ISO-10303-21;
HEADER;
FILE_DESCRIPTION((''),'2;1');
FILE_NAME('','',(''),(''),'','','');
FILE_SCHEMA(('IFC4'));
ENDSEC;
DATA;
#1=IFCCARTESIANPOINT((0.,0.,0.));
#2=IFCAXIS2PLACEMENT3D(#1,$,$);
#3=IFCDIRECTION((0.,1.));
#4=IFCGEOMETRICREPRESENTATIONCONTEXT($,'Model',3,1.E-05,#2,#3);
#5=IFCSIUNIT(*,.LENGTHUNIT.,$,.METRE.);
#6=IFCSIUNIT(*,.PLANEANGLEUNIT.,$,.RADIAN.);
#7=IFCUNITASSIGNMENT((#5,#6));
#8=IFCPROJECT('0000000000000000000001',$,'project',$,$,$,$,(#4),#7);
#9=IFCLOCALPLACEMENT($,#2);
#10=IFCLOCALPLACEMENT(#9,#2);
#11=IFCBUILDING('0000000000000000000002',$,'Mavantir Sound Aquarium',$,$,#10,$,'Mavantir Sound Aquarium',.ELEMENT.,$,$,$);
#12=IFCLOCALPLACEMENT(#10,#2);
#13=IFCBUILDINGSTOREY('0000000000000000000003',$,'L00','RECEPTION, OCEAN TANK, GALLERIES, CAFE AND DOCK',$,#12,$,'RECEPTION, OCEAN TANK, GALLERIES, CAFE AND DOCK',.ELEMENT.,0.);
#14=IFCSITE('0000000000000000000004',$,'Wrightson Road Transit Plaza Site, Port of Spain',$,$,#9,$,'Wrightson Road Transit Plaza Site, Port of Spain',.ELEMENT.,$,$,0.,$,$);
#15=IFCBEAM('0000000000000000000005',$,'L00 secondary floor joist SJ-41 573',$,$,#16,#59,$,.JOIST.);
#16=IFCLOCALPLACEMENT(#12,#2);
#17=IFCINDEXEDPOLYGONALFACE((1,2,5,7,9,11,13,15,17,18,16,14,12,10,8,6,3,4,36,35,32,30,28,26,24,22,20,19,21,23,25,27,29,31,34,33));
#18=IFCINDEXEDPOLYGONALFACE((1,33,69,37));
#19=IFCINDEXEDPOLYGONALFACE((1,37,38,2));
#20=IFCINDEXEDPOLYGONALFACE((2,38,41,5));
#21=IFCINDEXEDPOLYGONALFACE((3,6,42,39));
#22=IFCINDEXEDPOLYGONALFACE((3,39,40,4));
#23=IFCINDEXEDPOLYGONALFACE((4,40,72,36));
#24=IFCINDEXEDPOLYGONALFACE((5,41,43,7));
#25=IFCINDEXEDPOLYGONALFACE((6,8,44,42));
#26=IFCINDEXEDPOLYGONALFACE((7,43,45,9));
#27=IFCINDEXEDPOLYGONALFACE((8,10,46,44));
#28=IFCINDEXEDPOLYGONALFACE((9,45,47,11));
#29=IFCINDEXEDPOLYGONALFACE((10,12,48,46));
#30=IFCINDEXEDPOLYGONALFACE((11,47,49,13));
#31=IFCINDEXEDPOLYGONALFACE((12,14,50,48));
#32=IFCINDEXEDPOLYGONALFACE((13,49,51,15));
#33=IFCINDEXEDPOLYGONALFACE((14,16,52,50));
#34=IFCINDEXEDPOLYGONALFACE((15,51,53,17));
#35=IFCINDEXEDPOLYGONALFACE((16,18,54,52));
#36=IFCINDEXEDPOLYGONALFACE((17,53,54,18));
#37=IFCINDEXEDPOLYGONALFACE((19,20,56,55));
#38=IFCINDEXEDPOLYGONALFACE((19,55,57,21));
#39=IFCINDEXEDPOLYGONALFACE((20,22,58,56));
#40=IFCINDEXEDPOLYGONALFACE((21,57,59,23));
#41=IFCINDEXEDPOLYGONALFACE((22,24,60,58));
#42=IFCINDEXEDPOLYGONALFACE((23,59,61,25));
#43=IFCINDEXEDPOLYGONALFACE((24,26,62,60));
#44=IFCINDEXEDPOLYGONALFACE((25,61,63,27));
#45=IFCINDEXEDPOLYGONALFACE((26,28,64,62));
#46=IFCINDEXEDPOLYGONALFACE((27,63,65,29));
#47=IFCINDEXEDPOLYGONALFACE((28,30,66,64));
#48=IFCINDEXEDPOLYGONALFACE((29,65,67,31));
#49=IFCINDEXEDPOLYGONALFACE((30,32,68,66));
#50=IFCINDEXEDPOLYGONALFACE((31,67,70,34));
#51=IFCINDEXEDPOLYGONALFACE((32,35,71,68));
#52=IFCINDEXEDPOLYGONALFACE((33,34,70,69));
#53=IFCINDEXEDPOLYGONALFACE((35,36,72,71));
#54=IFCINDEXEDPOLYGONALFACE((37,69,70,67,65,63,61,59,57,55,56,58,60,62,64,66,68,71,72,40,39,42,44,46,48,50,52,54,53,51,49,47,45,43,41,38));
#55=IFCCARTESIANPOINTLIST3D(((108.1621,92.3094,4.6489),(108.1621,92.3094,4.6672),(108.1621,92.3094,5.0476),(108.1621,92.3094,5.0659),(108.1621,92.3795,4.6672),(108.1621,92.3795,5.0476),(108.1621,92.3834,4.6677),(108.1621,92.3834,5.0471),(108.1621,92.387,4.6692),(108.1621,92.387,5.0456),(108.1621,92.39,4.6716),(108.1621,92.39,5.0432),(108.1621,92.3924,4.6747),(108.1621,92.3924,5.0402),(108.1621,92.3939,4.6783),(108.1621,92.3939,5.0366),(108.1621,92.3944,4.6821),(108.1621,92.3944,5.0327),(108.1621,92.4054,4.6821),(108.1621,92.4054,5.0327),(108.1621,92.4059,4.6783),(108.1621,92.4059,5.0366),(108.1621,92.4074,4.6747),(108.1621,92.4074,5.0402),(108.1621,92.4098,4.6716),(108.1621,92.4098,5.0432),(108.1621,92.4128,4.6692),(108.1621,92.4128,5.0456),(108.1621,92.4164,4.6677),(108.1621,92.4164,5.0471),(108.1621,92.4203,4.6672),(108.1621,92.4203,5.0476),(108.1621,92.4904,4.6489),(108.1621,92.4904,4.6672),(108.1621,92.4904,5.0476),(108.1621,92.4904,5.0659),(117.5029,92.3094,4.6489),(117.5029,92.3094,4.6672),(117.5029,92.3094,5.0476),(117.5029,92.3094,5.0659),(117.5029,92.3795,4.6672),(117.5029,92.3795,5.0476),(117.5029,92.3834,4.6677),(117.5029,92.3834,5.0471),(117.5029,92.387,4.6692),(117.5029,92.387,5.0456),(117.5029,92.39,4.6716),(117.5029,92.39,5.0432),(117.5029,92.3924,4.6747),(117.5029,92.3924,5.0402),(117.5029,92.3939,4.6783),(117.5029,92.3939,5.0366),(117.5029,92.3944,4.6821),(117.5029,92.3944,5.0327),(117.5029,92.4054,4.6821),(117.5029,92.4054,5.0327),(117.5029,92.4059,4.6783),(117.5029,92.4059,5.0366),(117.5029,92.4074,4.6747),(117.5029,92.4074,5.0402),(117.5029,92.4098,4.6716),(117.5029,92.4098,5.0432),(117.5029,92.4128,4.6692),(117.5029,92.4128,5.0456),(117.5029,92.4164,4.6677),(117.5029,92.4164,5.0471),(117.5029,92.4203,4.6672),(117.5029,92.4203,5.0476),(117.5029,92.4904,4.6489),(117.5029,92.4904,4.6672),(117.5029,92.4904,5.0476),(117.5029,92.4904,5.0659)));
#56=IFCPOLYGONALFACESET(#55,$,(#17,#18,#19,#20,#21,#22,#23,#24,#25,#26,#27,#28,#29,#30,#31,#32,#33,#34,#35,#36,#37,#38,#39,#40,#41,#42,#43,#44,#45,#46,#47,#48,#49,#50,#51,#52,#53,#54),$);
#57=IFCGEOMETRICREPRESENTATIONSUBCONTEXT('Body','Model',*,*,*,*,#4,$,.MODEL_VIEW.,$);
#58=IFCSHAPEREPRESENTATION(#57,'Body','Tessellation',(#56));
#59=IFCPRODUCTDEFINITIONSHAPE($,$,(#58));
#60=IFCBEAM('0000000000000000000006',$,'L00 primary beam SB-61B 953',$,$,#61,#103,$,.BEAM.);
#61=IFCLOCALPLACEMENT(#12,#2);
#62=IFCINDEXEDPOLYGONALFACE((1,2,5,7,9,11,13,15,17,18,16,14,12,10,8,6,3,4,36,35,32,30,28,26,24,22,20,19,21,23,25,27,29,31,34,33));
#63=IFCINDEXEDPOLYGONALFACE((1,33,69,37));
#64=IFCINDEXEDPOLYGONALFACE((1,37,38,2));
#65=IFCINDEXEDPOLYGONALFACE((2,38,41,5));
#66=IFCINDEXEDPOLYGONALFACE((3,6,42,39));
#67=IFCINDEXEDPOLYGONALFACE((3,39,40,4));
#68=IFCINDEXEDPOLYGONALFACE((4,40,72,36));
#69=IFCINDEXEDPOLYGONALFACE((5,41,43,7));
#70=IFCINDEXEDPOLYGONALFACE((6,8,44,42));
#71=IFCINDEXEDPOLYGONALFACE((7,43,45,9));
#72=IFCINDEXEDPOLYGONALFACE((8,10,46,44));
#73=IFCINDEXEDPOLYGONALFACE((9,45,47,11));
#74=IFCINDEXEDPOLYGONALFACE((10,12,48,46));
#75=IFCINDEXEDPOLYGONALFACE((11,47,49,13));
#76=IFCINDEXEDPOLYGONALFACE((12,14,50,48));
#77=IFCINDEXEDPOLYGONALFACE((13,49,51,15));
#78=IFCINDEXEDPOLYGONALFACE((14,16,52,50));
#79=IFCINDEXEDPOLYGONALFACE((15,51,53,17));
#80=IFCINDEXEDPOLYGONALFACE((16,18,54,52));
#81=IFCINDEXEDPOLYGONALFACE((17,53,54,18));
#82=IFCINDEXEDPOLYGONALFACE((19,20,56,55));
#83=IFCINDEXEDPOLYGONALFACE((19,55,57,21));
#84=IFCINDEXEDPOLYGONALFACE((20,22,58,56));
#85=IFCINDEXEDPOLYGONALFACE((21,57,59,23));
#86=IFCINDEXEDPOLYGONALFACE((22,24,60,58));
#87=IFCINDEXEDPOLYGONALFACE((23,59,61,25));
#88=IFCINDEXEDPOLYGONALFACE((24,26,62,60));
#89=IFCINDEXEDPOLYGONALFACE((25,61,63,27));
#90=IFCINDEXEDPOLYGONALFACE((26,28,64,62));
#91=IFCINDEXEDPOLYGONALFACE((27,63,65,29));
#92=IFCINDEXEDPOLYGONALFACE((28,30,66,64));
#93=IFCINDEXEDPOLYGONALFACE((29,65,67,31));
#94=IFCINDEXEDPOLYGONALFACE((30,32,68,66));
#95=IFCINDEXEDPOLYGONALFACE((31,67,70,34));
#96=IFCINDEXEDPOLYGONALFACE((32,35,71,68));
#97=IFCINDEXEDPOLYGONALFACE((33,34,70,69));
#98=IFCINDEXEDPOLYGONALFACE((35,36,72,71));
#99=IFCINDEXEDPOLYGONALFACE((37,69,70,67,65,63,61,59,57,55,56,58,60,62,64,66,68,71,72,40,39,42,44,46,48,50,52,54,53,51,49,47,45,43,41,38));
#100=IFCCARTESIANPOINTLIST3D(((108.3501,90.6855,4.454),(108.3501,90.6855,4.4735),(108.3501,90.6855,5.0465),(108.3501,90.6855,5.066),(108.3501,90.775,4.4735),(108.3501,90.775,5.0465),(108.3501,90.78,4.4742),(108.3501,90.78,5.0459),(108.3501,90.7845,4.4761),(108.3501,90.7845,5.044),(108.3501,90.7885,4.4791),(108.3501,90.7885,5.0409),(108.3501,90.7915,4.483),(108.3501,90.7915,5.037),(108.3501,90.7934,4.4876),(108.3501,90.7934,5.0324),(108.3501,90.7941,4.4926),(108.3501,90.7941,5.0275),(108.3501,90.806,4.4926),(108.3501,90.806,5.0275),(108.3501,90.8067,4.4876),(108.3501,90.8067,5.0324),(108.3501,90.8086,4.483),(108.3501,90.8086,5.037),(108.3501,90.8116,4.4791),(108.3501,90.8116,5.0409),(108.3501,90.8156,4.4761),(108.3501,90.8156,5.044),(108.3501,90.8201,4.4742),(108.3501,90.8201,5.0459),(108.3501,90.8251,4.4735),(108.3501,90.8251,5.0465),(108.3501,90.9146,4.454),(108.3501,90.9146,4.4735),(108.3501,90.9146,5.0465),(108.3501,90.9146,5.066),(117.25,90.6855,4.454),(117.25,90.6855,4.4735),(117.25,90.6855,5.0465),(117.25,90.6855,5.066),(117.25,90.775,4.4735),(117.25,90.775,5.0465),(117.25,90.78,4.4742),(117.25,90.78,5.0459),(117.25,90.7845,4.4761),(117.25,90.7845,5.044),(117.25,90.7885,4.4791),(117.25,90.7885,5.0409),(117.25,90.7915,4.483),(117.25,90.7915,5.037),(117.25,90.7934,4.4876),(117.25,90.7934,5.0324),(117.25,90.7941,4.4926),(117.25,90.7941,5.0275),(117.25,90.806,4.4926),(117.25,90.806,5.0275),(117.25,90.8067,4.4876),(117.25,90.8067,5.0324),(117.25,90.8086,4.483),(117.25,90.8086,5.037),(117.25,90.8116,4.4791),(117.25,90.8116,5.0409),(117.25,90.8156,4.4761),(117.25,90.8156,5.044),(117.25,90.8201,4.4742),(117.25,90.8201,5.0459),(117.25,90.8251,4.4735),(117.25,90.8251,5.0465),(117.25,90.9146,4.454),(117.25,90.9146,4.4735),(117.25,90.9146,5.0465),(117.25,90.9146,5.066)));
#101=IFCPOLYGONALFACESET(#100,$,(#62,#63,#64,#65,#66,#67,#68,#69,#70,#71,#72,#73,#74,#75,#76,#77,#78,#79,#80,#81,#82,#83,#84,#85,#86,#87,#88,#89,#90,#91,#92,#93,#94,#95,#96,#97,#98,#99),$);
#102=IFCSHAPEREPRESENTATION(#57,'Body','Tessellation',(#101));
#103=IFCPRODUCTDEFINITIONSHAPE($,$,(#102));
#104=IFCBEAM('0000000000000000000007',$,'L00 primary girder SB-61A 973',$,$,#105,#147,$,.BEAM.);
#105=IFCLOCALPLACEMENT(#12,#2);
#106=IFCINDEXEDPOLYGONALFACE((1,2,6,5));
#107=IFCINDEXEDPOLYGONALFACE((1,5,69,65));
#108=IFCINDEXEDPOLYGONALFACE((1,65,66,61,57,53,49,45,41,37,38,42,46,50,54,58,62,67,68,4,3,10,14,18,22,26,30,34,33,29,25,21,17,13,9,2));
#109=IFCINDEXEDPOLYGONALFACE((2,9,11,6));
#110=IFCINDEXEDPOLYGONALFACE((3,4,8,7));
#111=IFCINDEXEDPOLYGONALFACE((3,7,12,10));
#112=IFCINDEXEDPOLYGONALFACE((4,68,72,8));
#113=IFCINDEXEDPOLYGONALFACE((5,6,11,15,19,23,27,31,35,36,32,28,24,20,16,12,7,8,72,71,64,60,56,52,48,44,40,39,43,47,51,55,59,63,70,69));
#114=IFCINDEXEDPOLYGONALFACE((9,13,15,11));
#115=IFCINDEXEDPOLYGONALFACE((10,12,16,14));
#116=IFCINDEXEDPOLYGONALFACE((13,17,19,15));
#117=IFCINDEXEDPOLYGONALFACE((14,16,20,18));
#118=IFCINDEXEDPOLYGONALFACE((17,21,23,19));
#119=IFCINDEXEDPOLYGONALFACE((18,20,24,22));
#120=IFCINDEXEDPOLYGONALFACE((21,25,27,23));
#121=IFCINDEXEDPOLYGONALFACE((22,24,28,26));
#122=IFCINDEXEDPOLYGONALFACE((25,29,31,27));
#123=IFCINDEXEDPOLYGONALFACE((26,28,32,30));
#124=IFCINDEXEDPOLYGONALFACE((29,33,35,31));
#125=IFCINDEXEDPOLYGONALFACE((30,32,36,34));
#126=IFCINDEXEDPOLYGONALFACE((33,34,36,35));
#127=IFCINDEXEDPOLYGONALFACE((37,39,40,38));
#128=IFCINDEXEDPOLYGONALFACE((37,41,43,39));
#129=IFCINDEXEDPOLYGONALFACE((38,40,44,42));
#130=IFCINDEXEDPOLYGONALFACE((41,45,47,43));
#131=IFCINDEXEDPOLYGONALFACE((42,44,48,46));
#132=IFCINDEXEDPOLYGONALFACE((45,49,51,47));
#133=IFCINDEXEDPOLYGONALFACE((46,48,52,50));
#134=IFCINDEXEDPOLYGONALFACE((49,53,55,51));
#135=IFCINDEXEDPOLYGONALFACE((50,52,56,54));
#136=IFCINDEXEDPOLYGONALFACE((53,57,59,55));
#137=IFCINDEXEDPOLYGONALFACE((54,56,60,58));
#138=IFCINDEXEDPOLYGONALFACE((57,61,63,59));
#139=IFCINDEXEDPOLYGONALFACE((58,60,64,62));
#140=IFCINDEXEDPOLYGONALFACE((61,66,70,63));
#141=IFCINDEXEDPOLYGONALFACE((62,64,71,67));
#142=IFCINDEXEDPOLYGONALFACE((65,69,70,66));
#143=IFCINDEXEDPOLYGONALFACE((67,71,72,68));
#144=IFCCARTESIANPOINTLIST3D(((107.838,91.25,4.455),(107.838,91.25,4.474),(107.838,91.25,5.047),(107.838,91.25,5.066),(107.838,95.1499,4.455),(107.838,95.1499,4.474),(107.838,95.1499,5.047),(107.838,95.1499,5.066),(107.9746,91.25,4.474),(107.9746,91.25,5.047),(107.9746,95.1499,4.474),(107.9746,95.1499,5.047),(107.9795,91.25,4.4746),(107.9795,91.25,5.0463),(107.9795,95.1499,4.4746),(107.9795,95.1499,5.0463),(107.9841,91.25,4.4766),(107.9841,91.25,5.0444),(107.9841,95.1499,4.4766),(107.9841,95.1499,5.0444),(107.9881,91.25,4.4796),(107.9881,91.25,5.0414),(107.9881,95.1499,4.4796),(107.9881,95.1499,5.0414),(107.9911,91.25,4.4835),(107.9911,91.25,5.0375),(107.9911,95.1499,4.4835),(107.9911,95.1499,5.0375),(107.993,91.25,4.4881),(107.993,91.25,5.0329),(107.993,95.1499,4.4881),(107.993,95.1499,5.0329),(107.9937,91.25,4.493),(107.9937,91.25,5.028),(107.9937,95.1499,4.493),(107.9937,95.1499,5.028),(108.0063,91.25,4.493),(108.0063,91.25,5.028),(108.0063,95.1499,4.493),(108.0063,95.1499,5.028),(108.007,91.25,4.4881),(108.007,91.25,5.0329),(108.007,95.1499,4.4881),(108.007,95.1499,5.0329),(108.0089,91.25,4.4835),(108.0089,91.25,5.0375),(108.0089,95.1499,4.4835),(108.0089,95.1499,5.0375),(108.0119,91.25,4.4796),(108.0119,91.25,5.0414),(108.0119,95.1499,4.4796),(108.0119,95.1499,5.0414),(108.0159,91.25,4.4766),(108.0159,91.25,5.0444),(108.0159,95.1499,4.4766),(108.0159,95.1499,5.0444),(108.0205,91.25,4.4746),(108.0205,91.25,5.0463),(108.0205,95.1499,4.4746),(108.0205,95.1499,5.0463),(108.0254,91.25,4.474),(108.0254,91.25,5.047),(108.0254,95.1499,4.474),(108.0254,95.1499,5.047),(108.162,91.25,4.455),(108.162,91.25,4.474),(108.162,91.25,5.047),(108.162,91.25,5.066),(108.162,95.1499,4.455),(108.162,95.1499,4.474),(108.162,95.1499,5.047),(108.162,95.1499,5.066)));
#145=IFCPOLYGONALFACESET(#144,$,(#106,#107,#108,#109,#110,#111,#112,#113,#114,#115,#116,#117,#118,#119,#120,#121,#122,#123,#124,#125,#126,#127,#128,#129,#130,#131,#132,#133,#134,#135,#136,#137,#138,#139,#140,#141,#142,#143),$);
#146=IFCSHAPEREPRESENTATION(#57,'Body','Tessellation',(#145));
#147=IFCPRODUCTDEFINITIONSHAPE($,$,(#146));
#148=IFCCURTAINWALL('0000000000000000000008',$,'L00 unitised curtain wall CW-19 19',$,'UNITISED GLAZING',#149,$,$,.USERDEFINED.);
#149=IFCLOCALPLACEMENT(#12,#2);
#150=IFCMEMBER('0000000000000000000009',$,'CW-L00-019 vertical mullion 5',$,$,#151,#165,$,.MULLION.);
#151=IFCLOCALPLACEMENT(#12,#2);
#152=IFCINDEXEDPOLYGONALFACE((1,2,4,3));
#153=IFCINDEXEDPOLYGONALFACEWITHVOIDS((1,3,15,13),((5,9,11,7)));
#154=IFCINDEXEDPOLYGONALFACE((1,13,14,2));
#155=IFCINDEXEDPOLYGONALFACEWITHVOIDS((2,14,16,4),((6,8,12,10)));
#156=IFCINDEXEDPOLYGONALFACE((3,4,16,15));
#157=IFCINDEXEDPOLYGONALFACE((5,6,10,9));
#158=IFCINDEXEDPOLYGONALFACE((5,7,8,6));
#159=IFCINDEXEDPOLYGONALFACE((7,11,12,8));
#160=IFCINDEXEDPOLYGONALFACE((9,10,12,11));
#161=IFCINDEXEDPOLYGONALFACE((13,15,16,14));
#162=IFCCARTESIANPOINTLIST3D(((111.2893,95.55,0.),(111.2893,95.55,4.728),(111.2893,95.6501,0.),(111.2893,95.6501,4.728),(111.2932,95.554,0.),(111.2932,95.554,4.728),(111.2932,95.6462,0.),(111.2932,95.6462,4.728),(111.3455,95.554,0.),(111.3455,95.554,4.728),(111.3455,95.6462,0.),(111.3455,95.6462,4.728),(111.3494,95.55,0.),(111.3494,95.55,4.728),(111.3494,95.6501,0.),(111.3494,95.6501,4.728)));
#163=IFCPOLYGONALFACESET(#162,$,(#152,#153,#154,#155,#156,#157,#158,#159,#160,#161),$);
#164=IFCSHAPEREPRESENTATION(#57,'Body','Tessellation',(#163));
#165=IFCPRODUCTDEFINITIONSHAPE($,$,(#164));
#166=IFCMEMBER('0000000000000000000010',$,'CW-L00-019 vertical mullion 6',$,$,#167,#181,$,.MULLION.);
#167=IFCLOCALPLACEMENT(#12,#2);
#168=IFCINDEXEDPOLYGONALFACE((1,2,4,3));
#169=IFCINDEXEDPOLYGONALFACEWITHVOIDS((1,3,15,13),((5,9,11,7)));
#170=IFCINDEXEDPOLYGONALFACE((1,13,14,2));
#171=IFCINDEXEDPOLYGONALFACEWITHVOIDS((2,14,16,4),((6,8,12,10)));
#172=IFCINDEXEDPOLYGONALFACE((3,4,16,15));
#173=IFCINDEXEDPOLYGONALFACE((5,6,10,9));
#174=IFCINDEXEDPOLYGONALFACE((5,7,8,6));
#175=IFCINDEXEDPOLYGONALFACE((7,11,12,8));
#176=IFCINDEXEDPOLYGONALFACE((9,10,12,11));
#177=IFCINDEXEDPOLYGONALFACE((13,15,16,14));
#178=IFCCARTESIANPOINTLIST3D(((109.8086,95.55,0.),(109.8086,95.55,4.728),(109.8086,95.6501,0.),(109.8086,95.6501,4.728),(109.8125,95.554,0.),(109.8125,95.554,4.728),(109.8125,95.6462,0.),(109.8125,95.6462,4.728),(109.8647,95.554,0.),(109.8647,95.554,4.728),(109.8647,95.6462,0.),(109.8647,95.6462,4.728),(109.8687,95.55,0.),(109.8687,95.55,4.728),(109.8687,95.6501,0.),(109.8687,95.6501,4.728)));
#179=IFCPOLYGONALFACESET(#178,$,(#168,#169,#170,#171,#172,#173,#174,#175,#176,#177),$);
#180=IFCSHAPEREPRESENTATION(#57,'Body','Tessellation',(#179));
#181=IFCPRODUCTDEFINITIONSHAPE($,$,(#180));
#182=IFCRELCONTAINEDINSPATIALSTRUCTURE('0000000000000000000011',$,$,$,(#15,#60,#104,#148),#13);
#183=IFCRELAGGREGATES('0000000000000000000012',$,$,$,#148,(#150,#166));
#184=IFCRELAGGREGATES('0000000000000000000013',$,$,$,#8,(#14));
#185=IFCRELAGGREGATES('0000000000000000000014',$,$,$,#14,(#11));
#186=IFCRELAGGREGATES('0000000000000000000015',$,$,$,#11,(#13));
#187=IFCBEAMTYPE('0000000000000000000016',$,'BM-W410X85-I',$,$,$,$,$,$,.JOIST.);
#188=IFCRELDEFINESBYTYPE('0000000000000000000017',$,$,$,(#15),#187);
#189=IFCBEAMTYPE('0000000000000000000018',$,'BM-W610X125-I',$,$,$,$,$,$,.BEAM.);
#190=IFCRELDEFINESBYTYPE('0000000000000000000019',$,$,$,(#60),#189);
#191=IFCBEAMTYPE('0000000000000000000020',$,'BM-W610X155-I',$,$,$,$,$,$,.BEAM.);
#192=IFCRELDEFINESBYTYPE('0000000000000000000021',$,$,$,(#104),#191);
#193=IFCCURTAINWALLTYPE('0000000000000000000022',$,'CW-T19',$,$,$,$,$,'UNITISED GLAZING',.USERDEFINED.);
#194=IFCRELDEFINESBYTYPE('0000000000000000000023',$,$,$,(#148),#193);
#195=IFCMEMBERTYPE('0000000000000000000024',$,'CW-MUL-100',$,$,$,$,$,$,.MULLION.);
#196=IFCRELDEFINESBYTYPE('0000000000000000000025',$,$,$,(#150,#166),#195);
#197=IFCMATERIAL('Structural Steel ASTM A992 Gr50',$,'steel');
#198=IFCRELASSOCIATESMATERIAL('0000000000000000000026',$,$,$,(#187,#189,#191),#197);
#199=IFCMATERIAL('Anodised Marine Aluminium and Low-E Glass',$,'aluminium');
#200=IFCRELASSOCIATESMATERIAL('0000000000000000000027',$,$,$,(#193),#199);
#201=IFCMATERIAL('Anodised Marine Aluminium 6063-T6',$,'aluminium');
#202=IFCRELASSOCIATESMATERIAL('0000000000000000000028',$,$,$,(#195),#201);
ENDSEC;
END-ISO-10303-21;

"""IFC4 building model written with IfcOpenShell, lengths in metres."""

from ifc_helpers import new_model, si_unit, direction, frame, origin, origin_2d, place, context, subcontext, project, spatial, hollow_rectangle, i_section, extrude, material, material_profile, profile_set, type_object, element, aggregate, save


model = new_model("IFC4")

# Units and contexts
model_context = context("Model", 3, precision=1e-05, world=origin(), true_north=direction((0.0, 1.0)))
body_context = subcontext(model_context, "Body", "Model", "MODEL_VIEW")
ifc_project = project(units=[si_unit("LENGTHUNIT", "METRE"), si_unit("PLANEANGLEUNIT", "RADIAN")], contexts=[model_context])

# Site, building, storey
site_placement = place(None, origin())
site = spatial("IfcSite", under=ifc_project, at=site_placement, Name="Wrightson Road Transit Plaza Site, Port of Spain", LongName="Wrightson Road Transit Plaza Site, Port of Spain", CompositionType="ELEMENT", RefElevation=0.0)
building_placement = place(site_placement, origin())
building = spatial("IfcBuilding", under=site, at=building_placement, Name="Mavantir Sound Aquarium", LongName="Mavantir Sound Aquarium", CompositionType="ELEMENT")
storey_placement = place(building_placement, origin())
storey = spatial("IfcBuildingStorey", under=building, at=storey_placement, Name="L00", Description="RECEPTION, OCEAN TANK, GALLERIES, CAFE AND DOCK", LongName="RECEPTION, OCEAN TANK, GALLERIES, CAFE AND DOCK", CompositionType="ELEMENT", Elevation=0.0)

# Beams
ifc_material_1 = material(Name="Structural Steel ASTM A992 Gr50", Category="steel")
ifc_material_profile_1 = material_profile(ifc_material_1, i_section(OverallWidth=0.1809, OverallDepth=0.417, WebThickness=0.011, FlangeThickness=0.0183, FilletRadius=0.0149, at=origin_2d()), Name="W410X85")
ifc_profile_set_1 = profile_set([ifc_material_profile_1], Name="Structural Steel ASTM A992 Gr50")
beam_type_1 = type_object("IfcBeamType", Name="BM-W410X85-I", PredefinedType="JOIST", material=ifc_profile_set_1)
beam_1_placement = place(storey_placement, frame((108.1621, 92.3999, 4.8574), z_axis=(1.0, 0.0, 0.0), x_axis=(0.0, 1.0, 0.0)))
element("IfcBeam", 1, at=beam_1_placement, inside=storey, type_object=beam_type_1, Name="L00 secondary floor joist SJ-41 573", PredefinedType="JOIST", context=body_context, shape_type="SweptSolid", body=[
    extrude(i_section(OverallWidth=0.1809, OverallDepth=0.417, WebThickness=0.011, FlangeThickness=0.0183, FilletRadius=0.0149, at=origin_2d()), origin(), (0.0, 0.0, 1.0), 9.3408),
])
ifc_material_profile_2 = material_profile(ifc_material_1, i_section(OverallWidth=0.229, OverallDepth=0.6121, WebThickness=0.012, FlangeThickness=0.0195, FilletRadius=0.019, at=origin_2d()), Name="W610X125")
ifc_profile_set_2 = profile_set([ifc_material_profile_2], Name="Structural Steel ASTM A992 Gr50")
beam_type_2 = type_object("IfcBeamType", Name="BM-W610X125-I", PredefinedType="BEAM", material=ifc_profile_set_2)
beam_2_placement = place(storey_placement, frame((108.3501, 90.8, 4.76), z_axis=(1.0, 0.0, 0.0), x_axis=(0.0, 1.0, 0.0)))
element("IfcBeam", 2, at=beam_2_placement, inside=storey, type_object=beam_type_2, Name="L00 primary beam SB-61B 953", PredefinedType="BEAM", context=body_context, shape_type="SweptSolid", body=[
    extrude(i_section(OverallWidth=0.229, OverallDepth=0.6121, WebThickness=0.012, FlangeThickness=0.0195, FilletRadius=0.019, at=origin_2d()), origin(), (0.0, 0.0, 1.0), 8.8999),
])
ifc_material_profile_3 = material_profile(ifc_material_1, i_section(OverallWidth=0.324, OverallDepth=0.6111, WebThickness=0.0127, FlangeThickness=0.019, FilletRadius=0.019, at=origin_2d()), Name="W610X155")
ifc_profile_set_3 = profile_set([ifc_material_profile_3], Name="Structural Steel ASTM A992 Gr50")
beam_type_3 = type_object("IfcBeamType", Name="BM-W610X155-I", PredefinedType="BEAM", material=ifc_profile_set_3)
beam_3_placement = place(storey_placement, frame((108.0, 91.25, 4.7605), z_axis=(0.0, 1.0, 0.0), x_axis=(-1.0, 0.0, 0.0)))
element("IfcBeam", 3, at=beam_3_placement, inside=storey, type_object=beam_type_3, Name="L00 primary girder SB-61A 973", PredefinedType="BEAM", context=body_context, shape_type="SweptSolid", body=[
    extrude(i_section(OverallWidth=0.324, OverallDepth=0.6111, WebThickness=0.0127, FlangeThickness=0.019, FilletRadius=0.019, at=origin_2d()), origin(), (0.0, 0.0, 1.0), 3.8999),
])

# Curtain wall, members
ifc_material_2 = material(Name="Anodised Marine Aluminium and Low-E Glass", Category="aluminium")
curtain_wall_type = type_object("IfcCurtainWallType", Name="CW-T19", ElementType="UNITISED GLAZING", PredefinedType="USERDEFINED", material=ifc_material_2)
curtain_wall_placement = place(storey_placement, origin())
curtain_wall = element("IfcCurtainWall", 4, at=curtain_wall_placement, inside=storey, type_object=curtain_wall_type, Name="L00 unitised curtain wall CW-19 19", ObjectType="UNITISED GLAZING", PredefinedType="USERDEFINED")
ifc_material_3 = material(Name="Anodised Marine Aluminium 6063-T6", Category="aluminium")
ifc_material_profile_4 = material_profile(ifc_material_3, hollow_rectangle(XDim=0.0601, YDim=0.1001, WallThickness=0.0039, at=origin_2d()), Name="ALU-MULLION-100X60")
ifc_profile_set_4 = profile_set([ifc_material_profile_4], Name="Anodised Marine Aluminium 6063-T6")
member_type_1 = type_object("IfcMemberType", Name="CW-MUL-100", PredefinedType="MULLION", material=ifc_profile_set_4)
member_1_placement = place(storey_placement, frame((111.3193, 95.6001, 0.0), z_axis=(0.0, 0.0, 1.0), x_axis=(1.0, 0.0, 0.0)))
member_1 = element("IfcMember", 5, at=member_1_placement, type_object=member_type_1, Name="CW-L00-019 vertical mullion 5", PredefinedType="MULLION", context=body_context, shape_type="SweptSolid", body=[
    extrude(hollow_rectangle(XDim=0.0601, YDim=0.1001, WallThickness=0.0039, at=origin_2d()), origin(), (0.0, 0.0, 1.0), 4.728),
])
member_2_placement = place(storey_placement, frame((109.8386, 95.6001, 0.0), z_axis=(0.0, 0.0, 1.0), x_axis=(1.0, 0.0, 0.0)))
member_2 = element("IfcMember", 6, at=member_2_placement, type_object=member_type_1, Name="CW-L00-019 vertical mullion 6", PredefinedType="MULLION", context=body_context, shape_type="SweptSolid", body=[
    extrude(hollow_rectangle(XDim=0.0601, YDim=0.1001, WallThickness=0.0039, at=origin_2d()), origin(), (0.0, 0.0, 1.0), 4.728),
])
aggregate(curtain_wall, [member_1, member_2])

save(model, "model.ifc")
